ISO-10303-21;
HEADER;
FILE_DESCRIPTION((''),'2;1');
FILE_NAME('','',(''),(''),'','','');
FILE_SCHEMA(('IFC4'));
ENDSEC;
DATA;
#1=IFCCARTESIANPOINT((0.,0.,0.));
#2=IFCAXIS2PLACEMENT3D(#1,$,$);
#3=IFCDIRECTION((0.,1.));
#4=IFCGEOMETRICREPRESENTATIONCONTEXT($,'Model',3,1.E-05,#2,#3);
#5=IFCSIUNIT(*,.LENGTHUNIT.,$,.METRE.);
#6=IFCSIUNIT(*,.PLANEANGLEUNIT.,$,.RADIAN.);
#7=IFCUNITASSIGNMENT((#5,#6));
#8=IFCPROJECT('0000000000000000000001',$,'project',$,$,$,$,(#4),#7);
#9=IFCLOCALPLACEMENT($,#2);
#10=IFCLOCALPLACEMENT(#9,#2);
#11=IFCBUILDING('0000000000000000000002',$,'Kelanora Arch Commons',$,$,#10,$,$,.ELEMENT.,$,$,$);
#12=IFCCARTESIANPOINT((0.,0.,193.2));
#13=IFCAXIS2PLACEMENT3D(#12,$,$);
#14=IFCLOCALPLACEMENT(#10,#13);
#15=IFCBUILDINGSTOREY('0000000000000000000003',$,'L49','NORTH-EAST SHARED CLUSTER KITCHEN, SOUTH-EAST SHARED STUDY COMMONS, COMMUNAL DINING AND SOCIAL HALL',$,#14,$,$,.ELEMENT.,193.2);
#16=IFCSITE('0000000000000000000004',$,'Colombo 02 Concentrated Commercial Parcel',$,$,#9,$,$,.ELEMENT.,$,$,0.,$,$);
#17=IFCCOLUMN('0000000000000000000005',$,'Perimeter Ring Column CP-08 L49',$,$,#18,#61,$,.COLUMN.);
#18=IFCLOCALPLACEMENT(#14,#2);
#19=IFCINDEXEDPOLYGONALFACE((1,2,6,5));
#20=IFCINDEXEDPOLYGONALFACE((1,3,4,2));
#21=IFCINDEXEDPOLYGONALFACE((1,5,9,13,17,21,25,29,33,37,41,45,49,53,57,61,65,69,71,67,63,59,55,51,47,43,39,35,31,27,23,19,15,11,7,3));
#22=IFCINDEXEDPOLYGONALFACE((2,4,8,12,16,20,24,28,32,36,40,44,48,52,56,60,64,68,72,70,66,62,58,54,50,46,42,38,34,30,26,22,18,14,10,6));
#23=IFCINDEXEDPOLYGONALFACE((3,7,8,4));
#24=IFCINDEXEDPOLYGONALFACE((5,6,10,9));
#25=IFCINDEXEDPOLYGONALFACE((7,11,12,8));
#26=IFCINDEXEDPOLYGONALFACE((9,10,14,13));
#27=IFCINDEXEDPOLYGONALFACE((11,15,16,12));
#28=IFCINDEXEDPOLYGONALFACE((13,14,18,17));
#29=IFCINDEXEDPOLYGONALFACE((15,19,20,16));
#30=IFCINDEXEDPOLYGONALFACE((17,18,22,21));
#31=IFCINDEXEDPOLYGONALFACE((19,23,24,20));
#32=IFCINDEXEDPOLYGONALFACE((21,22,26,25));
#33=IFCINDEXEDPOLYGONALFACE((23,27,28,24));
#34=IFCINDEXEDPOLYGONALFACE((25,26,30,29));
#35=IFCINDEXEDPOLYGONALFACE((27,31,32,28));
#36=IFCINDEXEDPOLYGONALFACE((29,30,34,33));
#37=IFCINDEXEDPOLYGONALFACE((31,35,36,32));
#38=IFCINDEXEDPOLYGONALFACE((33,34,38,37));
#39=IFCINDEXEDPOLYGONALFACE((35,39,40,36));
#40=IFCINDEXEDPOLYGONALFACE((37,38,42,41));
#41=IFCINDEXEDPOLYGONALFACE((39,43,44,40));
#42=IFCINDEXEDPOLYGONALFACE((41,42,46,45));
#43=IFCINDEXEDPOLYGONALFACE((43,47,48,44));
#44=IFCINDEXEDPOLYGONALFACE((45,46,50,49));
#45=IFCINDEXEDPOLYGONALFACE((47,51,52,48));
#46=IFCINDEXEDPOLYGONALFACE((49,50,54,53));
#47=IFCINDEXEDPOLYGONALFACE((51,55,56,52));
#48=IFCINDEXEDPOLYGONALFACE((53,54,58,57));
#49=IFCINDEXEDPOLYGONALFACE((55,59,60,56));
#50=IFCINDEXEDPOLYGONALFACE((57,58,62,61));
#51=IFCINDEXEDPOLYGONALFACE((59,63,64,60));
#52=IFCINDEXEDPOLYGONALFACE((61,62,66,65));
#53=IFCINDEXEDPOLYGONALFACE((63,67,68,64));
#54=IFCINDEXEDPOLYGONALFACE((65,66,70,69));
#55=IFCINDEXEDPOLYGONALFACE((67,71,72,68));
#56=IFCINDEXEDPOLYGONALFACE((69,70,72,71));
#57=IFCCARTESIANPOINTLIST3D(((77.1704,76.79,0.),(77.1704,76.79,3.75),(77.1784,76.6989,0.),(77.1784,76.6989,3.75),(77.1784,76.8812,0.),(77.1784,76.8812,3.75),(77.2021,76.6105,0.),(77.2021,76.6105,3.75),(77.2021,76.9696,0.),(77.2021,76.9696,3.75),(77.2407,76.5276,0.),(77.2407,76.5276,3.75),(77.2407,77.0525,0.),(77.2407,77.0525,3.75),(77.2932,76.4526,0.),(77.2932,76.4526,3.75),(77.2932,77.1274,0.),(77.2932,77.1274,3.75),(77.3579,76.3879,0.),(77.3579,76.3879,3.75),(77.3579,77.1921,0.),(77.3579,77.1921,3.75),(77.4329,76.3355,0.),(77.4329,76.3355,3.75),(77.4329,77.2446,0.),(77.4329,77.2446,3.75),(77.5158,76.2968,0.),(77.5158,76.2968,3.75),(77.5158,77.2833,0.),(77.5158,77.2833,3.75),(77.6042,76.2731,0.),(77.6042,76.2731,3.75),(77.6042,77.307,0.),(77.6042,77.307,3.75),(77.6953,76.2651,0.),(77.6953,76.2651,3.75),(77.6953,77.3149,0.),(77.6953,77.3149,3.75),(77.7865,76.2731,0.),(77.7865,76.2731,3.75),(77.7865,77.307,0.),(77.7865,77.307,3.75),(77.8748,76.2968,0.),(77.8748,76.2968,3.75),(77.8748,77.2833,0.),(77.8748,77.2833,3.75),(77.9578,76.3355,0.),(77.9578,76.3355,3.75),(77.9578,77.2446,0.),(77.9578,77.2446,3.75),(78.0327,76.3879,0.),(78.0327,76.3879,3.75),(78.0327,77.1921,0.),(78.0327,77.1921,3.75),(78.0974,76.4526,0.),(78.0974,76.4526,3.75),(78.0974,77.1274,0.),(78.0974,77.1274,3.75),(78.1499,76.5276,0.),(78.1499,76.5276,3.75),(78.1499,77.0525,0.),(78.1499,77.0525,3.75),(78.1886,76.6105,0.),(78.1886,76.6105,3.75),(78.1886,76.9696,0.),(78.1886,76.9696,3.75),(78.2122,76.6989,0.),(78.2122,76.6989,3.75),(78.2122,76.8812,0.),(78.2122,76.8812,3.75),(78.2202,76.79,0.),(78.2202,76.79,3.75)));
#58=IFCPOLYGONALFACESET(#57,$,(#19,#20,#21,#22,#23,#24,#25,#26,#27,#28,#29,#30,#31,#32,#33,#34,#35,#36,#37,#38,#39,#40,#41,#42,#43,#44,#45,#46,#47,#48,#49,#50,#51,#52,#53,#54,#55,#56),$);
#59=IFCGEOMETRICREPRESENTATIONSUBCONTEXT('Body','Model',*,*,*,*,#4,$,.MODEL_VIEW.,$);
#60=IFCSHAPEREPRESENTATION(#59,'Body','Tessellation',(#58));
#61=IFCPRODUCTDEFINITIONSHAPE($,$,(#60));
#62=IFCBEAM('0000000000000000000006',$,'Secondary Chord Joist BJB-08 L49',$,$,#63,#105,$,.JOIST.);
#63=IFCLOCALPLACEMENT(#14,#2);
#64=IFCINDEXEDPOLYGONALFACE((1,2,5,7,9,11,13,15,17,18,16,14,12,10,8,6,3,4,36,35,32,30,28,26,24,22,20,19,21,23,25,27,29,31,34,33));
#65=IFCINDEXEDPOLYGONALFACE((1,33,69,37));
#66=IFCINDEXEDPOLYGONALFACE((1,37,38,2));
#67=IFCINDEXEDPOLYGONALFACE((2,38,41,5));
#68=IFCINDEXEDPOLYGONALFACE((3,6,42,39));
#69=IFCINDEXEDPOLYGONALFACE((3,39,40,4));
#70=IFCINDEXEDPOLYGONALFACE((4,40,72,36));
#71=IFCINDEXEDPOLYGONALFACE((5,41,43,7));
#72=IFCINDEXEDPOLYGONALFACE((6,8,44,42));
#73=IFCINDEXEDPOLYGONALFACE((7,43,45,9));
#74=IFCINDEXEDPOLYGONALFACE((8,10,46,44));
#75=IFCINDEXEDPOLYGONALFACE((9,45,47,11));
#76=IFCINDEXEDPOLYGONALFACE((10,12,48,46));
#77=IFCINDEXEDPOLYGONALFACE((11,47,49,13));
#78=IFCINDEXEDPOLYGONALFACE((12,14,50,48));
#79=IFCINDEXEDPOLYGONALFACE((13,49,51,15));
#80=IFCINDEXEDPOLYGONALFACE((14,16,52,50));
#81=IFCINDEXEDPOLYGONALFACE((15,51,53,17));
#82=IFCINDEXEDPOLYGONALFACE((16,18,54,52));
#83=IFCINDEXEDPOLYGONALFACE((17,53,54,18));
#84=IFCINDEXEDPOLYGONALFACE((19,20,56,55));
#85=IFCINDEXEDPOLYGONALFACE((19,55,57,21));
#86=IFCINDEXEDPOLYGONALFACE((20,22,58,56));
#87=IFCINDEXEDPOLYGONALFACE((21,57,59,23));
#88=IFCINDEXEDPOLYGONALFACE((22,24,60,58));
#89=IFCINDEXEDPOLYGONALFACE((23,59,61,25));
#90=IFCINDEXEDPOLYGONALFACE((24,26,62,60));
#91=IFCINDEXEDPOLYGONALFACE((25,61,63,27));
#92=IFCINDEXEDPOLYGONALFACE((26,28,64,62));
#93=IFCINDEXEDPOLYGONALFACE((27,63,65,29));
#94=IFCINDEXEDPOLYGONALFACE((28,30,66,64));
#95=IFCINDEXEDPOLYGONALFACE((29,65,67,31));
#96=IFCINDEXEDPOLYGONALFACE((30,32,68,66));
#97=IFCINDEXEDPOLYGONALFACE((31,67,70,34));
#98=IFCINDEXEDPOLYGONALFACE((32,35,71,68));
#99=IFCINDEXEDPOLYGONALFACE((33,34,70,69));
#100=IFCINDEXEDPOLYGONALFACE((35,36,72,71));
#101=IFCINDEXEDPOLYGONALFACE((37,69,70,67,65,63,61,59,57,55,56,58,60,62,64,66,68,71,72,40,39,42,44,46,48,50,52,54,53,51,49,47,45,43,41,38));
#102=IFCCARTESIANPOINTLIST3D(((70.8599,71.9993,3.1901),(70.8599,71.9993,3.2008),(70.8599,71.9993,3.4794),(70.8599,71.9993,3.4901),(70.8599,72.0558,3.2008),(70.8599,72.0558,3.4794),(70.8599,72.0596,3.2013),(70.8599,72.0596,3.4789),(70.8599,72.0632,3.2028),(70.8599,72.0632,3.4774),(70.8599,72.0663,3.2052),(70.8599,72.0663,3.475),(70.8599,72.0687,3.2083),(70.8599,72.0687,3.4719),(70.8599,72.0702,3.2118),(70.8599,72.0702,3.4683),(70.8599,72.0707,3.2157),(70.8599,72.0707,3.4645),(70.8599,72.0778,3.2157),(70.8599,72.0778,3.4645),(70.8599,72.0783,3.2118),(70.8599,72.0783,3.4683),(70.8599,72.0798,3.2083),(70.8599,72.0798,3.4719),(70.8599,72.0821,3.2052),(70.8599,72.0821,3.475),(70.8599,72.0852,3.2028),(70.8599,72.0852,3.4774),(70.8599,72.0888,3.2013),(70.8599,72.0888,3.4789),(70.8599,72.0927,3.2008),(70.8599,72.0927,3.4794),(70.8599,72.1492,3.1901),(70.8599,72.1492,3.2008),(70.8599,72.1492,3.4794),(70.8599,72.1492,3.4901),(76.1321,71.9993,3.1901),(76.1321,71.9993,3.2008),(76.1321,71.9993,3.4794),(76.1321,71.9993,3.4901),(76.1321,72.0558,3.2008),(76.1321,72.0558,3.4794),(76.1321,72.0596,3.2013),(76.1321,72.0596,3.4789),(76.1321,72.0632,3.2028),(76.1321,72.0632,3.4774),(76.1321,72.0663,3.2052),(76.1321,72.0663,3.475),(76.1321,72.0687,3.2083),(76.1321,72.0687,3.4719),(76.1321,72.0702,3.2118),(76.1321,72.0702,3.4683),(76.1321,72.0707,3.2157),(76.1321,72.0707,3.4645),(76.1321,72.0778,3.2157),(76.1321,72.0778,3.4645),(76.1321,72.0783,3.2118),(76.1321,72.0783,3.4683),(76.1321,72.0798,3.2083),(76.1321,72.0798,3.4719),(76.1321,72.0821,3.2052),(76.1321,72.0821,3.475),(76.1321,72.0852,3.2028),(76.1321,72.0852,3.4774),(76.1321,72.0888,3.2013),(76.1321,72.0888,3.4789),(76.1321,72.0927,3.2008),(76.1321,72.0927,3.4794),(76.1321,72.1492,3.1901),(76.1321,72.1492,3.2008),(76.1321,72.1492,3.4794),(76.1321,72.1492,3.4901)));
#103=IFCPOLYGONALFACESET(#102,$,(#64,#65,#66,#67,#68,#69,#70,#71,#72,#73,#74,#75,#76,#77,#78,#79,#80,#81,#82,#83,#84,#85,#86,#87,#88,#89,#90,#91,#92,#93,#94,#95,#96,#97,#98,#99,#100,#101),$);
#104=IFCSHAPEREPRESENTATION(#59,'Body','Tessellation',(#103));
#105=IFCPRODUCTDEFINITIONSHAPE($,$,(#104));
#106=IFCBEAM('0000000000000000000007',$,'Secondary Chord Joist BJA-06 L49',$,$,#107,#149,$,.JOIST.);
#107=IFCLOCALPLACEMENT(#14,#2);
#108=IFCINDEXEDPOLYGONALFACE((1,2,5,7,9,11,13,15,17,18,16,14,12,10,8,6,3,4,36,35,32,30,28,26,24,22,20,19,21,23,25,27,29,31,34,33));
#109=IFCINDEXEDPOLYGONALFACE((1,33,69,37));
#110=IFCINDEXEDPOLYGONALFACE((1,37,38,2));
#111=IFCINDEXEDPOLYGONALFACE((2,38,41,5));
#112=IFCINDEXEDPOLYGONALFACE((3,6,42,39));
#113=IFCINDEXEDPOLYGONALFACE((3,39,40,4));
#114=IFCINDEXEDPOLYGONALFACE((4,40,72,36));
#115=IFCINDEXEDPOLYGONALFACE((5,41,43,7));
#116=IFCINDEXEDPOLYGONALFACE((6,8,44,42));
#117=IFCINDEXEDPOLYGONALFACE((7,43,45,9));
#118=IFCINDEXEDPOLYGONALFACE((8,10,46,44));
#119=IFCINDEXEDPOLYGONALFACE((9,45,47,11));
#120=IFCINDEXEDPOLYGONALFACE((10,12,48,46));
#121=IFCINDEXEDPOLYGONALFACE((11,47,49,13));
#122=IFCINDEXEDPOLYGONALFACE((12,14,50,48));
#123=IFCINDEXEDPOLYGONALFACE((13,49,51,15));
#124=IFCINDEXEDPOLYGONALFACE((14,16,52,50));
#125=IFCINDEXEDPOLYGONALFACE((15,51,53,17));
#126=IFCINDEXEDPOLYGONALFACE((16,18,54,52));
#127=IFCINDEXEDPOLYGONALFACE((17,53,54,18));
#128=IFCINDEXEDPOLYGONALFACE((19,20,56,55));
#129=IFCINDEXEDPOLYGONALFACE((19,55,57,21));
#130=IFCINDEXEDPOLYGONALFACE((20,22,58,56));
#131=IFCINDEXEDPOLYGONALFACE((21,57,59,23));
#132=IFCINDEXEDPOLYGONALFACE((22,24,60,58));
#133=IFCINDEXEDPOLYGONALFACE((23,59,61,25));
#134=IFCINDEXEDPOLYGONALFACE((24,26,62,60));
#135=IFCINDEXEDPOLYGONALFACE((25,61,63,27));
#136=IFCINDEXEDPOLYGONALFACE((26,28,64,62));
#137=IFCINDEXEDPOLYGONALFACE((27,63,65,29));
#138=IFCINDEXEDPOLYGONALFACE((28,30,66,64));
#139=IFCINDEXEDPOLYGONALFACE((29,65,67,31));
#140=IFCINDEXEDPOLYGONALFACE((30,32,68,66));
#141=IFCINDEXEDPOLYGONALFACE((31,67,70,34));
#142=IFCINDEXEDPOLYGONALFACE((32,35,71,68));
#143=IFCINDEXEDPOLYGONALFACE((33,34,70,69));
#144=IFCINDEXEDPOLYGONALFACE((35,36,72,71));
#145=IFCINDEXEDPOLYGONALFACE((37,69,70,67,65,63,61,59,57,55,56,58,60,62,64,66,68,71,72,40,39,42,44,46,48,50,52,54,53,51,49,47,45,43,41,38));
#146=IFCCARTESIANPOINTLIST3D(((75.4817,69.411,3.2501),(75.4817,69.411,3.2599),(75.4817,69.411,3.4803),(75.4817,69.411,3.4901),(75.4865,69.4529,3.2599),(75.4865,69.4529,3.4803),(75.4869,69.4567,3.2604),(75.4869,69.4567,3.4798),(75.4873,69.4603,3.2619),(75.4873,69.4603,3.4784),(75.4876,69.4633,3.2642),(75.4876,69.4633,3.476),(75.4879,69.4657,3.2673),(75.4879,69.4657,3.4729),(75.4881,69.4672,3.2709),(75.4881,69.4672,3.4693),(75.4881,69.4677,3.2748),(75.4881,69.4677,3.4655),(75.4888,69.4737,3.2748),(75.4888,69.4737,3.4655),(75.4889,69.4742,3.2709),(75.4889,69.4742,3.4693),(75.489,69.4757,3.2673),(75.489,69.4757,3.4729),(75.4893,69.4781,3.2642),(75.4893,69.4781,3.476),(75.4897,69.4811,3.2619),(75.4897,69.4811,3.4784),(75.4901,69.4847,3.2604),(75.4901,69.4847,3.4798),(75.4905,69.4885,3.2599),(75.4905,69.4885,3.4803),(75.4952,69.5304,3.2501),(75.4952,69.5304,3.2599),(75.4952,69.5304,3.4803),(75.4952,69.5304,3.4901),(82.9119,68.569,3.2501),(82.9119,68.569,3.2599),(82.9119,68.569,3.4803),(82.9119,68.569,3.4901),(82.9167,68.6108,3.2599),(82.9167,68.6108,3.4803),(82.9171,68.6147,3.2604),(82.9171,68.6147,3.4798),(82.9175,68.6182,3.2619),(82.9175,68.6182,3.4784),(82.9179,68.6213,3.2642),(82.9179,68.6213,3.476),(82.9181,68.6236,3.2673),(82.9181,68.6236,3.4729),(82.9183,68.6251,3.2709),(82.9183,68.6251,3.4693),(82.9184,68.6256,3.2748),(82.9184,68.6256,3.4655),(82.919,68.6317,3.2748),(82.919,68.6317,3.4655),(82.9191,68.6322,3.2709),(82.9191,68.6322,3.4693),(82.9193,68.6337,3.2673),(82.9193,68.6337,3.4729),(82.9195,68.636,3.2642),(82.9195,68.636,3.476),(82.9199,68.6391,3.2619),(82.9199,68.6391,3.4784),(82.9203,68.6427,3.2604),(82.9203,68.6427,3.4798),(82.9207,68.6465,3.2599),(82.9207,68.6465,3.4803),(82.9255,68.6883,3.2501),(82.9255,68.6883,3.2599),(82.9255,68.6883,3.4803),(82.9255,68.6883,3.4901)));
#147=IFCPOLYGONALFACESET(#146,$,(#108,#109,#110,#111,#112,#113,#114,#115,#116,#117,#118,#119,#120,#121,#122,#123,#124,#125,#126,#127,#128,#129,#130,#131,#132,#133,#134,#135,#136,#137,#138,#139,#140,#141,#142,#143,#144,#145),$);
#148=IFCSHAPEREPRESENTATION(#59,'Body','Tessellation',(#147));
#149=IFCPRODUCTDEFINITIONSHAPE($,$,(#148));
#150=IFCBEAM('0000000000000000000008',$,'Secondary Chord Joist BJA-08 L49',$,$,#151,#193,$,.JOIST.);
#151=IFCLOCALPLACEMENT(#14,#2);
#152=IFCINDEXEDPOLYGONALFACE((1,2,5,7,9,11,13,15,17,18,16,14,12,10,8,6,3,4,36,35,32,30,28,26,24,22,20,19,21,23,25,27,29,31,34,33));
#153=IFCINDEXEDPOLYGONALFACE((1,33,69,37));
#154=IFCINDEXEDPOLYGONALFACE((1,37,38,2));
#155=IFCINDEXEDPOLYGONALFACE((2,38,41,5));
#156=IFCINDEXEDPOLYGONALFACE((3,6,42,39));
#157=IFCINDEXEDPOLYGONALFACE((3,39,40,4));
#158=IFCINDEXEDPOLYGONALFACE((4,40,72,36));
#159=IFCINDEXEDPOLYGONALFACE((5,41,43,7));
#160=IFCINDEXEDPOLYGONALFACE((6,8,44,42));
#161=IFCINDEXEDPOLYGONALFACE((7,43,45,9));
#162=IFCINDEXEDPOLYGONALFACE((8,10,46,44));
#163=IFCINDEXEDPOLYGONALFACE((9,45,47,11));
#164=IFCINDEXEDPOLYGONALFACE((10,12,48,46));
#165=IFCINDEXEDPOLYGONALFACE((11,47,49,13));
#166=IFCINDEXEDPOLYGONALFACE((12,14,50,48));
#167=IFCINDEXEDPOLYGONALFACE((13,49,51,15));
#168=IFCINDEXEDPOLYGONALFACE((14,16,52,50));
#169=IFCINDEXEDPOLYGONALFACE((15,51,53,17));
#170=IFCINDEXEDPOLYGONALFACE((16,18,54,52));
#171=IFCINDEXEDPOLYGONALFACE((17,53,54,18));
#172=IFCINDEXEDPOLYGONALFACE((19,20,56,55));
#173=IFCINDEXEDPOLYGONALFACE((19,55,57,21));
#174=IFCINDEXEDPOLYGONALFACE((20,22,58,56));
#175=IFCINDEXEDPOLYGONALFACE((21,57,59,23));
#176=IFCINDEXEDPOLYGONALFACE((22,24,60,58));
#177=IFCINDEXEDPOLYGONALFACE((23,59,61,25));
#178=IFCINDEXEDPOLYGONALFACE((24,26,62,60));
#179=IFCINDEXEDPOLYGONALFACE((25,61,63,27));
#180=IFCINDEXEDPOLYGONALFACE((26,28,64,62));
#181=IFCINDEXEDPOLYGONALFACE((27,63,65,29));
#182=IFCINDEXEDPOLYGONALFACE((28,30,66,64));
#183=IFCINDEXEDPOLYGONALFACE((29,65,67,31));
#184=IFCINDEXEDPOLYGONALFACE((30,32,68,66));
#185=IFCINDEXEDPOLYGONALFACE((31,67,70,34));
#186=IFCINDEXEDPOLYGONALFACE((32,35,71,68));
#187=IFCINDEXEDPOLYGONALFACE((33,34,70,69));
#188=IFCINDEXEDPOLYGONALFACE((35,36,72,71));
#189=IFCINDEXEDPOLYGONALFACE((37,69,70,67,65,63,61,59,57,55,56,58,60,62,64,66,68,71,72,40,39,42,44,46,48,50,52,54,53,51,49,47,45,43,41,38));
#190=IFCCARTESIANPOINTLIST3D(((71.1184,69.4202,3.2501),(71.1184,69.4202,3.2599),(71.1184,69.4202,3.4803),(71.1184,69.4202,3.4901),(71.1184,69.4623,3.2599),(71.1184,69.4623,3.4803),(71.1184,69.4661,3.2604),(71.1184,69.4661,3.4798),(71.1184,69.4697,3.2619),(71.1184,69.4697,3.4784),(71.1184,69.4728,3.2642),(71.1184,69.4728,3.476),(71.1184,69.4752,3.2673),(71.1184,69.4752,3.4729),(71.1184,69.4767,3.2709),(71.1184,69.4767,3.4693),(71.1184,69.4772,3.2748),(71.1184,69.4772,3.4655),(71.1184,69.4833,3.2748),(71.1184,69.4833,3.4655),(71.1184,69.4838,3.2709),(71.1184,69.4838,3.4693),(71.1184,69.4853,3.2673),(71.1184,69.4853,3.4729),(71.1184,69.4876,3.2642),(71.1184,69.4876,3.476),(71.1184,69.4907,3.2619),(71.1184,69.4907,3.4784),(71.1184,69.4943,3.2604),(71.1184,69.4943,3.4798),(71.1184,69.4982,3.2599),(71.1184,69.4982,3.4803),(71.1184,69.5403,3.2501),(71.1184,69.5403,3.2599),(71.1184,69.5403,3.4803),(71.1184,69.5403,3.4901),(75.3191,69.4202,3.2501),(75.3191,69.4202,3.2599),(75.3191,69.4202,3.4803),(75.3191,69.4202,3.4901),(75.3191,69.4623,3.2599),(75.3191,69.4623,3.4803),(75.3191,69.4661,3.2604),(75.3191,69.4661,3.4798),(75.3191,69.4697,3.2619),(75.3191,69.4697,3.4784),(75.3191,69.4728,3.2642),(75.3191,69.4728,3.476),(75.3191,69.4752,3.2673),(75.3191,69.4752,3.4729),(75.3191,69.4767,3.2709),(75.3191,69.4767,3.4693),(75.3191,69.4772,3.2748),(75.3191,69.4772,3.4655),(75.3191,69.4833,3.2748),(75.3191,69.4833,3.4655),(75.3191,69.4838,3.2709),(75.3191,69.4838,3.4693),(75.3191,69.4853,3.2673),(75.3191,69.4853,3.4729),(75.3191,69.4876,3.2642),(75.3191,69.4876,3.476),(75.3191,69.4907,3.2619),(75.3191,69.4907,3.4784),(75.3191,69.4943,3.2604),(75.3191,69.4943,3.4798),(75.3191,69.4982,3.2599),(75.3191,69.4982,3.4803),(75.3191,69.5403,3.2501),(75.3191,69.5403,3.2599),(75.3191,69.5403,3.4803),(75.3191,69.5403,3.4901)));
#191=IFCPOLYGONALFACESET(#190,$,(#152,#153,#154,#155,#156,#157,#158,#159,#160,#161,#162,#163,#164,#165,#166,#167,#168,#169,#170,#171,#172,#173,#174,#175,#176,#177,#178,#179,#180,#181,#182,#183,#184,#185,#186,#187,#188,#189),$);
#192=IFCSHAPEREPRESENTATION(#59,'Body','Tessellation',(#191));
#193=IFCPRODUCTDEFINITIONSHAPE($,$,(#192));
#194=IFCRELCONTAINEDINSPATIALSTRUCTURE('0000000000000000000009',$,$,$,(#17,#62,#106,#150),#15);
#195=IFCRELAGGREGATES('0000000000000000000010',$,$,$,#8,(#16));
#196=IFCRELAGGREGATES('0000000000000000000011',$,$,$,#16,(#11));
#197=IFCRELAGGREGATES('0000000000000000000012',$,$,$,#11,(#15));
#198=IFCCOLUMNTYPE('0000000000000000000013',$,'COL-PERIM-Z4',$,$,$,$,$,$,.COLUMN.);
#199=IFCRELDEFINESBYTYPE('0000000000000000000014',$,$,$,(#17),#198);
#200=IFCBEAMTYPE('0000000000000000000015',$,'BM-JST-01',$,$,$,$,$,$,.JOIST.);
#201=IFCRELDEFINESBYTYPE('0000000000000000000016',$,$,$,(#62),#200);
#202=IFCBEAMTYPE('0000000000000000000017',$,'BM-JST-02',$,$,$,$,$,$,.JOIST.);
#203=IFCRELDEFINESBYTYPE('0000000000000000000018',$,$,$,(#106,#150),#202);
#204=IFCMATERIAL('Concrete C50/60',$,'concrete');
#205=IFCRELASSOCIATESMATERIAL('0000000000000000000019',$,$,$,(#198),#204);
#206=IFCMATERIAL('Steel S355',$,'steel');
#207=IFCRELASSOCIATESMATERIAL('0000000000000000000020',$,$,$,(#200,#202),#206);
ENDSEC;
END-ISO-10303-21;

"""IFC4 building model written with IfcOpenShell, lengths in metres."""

from ifc_helpers import new_model, si_unit, direction, frame, origin, origin_2d, place, context, subcontext, project, spatial, circle, i_section, extrude, material, material_profile, profile_set, type_object, element, save


model = new_model("IFC4")

# Units and contexts
model_context = context("Model", 3, precision=1e-05, world=origin(), true_north=direction((0.0, 1.0)))
body_context = subcontext(model_context, "Body", "Model", "MODEL_VIEW")
ifc_project = project(units=[si_unit("LENGTHUNIT", "METRE"), si_unit("PLANEANGLEUNIT", "RADIAN")], contexts=[model_context])

# Site, building, storey
site_placement = place(None, origin())
site = spatial("IfcSite", under=ifc_project, at=site_placement, Name="Colombo 02 Concentrated Commercial Parcel", CompositionType="ELEMENT", RefElevation=0.0)
building_placement = place(site_placement, origin())
building = spatial("IfcBuilding", under=site, at=building_placement, Name="Kelanora Arch Commons", CompositionType="ELEMENT")
storey_placement = place(building_placement, frame((0.0, 0.0, 193.2)))
storey = spatial("IfcBuildingStorey", under=building, at=storey_placement, Name="L49", Description="NORTH-EAST SHARED CLUSTER KITCHEN, SOUTH-EAST SHARED STUDY COMMONS, COMMUNAL DINING AND SOCIAL HALL", CompositionType="ELEMENT", Elevation=193.2)

# Column
ifc_material_1 = material(Name="Concrete C50/60", Category="concrete")
ifc_material_profile_1 = material_profile(ifc_material_1, circle(Radius=0.5249, at=origin_2d()), Name="RCC1050")
ifc_profile_set_1 = profile_set([ifc_material_profile_1], Name="Concrete C50/60")
column_type = type_object("IfcColumnType", Name="COL-PERIM-Z4", PredefinedType="COLUMN", material=ifc_profile_set_1)
column_placement = place(storey_placement, frame((77.6953, 76.79, 0.0), z_axis=(0.0, 0.0, 1.0), x_axis=(1.0, 0.0, 0.0)))
element("IfcColumn", 1, at=column_placement, inside=storey, type_object=column_type, Name="Perimeter Ring Column CP-08 L49", PredefinedType="COLUMN", context=body_context, shape_type="SweptSolid", body=[
    extrude(circle(Radius=0.5249, at=origin_2d()), origin(), (0.0, 0.0, 1.0), 3.75),
])

# Beams
ifc_material_2 = material(Name="Steel S355", Category="steel")
ifc_material_profile_2 = material_profile(ifc_material_2, i_section(OverallWidth=0.1499, OverallDepth=0.3, WebThickness=0.0071, FlangeThickness=0.0107, FilletRadius=0.0149, at=origin_2d()), Name="IPE300")
ifc_profile_set_2 = profile_set([ifc_material_profile_2], Name="Steel S355")
beam_type_1 = type_object("IfcBeamType", Name="BM-JST-01", PredefinedType="JOIST", material=ifc_profile_set_2)
beam_1_placement = place(storey_placement, frame((76.1321, 72.0742, 3.3401), z_axis=(-1.0, 0.0, 0.0), x_axis=(0.0, -1.0, 0.0)))
element("IfcBeam", 2, at=beam_1_placement, inside=storey, type_object=beam_type_1, Name="Secondary Chord Joist BJB-08 L49", PredefinedType="JOIST", context=body_context, shape_type="SweptSolid", body=[
    extrude(i_section(OverallWidth=0.1499, OverallDepth=0.3, WebThickness=0.0071, FlangeThickness=0.0107, FilletRadius=0.0149, at=origin_2d()), origin(), (0.0, 0.0, 1.0), 5.2722),
])
ifc_material_profile_3 = material_profile(ifc_material_2, i_section(OverallWidth=0.1201, OverallDepth=0.24, WebThickness=0.0061, FlangeThickness=0.0098, FilletRadius=0.0149, at=origin_2d()), Name="IPE240")
ifc_profile_set_3 = profile_set([ifc_material_profile_3], Name="Steel S355")
beam_type_2 = type_object("IfcBeamType", Name="BM-JST-02", PredefinedType="JOIST", material=ifc_profile_set_3)
beam_2_placement = place(storey_placement, frame((82.9187, 68.6287, 3.3701), z_axis=(-0.99364, 0.112606, 0.0), x_axis=(-0.112606, -0.99364, 0.0)))
element("IfcBeam", 3, at=beam_2_placement, inside=storey, type_object=beam_type_2, Name="Secondary Chord Joist BJA-06 L49", PredefinedType="JOIST", context=body_context, shape_type="SweptSolid", body=[
    extrude(i_section(OverallWidth=0.1201, OverallDepth=0.24, WebThickness=0.0061, FlangeThickness=0.0098, FilletRadius=0.0149, at=origin_2d()), origin(), (0.0, 0.0, 1.0), 7.4778),
])
beam_3_placement = place(storey_placement, frame((75.3191, 69.4802, 3.3701), z_axis=(-1.0, 0.0, 0.0), x_axis=(0.0, -1.0, 0.0)))
element("IfcBeam", 4, at=beam_3_placement, inside=storey, type_object=beam_type_2, Name="Secondary Chord Joist BJA-08 L49", PredefinedType="JOIST", context=body_context, shape_type="SweptSolid", body=[
    extrude(i_section(OverallWidth=0.1201, OverallDepth=0.24, WebThickness=0.0061, FlangeThickness=0.0098, FilletRadius=0.0149, at=origin_2d()), origin(), (0.0, 0.0, 1.0), 4.2007),
])

save(model, "model.ifc")
